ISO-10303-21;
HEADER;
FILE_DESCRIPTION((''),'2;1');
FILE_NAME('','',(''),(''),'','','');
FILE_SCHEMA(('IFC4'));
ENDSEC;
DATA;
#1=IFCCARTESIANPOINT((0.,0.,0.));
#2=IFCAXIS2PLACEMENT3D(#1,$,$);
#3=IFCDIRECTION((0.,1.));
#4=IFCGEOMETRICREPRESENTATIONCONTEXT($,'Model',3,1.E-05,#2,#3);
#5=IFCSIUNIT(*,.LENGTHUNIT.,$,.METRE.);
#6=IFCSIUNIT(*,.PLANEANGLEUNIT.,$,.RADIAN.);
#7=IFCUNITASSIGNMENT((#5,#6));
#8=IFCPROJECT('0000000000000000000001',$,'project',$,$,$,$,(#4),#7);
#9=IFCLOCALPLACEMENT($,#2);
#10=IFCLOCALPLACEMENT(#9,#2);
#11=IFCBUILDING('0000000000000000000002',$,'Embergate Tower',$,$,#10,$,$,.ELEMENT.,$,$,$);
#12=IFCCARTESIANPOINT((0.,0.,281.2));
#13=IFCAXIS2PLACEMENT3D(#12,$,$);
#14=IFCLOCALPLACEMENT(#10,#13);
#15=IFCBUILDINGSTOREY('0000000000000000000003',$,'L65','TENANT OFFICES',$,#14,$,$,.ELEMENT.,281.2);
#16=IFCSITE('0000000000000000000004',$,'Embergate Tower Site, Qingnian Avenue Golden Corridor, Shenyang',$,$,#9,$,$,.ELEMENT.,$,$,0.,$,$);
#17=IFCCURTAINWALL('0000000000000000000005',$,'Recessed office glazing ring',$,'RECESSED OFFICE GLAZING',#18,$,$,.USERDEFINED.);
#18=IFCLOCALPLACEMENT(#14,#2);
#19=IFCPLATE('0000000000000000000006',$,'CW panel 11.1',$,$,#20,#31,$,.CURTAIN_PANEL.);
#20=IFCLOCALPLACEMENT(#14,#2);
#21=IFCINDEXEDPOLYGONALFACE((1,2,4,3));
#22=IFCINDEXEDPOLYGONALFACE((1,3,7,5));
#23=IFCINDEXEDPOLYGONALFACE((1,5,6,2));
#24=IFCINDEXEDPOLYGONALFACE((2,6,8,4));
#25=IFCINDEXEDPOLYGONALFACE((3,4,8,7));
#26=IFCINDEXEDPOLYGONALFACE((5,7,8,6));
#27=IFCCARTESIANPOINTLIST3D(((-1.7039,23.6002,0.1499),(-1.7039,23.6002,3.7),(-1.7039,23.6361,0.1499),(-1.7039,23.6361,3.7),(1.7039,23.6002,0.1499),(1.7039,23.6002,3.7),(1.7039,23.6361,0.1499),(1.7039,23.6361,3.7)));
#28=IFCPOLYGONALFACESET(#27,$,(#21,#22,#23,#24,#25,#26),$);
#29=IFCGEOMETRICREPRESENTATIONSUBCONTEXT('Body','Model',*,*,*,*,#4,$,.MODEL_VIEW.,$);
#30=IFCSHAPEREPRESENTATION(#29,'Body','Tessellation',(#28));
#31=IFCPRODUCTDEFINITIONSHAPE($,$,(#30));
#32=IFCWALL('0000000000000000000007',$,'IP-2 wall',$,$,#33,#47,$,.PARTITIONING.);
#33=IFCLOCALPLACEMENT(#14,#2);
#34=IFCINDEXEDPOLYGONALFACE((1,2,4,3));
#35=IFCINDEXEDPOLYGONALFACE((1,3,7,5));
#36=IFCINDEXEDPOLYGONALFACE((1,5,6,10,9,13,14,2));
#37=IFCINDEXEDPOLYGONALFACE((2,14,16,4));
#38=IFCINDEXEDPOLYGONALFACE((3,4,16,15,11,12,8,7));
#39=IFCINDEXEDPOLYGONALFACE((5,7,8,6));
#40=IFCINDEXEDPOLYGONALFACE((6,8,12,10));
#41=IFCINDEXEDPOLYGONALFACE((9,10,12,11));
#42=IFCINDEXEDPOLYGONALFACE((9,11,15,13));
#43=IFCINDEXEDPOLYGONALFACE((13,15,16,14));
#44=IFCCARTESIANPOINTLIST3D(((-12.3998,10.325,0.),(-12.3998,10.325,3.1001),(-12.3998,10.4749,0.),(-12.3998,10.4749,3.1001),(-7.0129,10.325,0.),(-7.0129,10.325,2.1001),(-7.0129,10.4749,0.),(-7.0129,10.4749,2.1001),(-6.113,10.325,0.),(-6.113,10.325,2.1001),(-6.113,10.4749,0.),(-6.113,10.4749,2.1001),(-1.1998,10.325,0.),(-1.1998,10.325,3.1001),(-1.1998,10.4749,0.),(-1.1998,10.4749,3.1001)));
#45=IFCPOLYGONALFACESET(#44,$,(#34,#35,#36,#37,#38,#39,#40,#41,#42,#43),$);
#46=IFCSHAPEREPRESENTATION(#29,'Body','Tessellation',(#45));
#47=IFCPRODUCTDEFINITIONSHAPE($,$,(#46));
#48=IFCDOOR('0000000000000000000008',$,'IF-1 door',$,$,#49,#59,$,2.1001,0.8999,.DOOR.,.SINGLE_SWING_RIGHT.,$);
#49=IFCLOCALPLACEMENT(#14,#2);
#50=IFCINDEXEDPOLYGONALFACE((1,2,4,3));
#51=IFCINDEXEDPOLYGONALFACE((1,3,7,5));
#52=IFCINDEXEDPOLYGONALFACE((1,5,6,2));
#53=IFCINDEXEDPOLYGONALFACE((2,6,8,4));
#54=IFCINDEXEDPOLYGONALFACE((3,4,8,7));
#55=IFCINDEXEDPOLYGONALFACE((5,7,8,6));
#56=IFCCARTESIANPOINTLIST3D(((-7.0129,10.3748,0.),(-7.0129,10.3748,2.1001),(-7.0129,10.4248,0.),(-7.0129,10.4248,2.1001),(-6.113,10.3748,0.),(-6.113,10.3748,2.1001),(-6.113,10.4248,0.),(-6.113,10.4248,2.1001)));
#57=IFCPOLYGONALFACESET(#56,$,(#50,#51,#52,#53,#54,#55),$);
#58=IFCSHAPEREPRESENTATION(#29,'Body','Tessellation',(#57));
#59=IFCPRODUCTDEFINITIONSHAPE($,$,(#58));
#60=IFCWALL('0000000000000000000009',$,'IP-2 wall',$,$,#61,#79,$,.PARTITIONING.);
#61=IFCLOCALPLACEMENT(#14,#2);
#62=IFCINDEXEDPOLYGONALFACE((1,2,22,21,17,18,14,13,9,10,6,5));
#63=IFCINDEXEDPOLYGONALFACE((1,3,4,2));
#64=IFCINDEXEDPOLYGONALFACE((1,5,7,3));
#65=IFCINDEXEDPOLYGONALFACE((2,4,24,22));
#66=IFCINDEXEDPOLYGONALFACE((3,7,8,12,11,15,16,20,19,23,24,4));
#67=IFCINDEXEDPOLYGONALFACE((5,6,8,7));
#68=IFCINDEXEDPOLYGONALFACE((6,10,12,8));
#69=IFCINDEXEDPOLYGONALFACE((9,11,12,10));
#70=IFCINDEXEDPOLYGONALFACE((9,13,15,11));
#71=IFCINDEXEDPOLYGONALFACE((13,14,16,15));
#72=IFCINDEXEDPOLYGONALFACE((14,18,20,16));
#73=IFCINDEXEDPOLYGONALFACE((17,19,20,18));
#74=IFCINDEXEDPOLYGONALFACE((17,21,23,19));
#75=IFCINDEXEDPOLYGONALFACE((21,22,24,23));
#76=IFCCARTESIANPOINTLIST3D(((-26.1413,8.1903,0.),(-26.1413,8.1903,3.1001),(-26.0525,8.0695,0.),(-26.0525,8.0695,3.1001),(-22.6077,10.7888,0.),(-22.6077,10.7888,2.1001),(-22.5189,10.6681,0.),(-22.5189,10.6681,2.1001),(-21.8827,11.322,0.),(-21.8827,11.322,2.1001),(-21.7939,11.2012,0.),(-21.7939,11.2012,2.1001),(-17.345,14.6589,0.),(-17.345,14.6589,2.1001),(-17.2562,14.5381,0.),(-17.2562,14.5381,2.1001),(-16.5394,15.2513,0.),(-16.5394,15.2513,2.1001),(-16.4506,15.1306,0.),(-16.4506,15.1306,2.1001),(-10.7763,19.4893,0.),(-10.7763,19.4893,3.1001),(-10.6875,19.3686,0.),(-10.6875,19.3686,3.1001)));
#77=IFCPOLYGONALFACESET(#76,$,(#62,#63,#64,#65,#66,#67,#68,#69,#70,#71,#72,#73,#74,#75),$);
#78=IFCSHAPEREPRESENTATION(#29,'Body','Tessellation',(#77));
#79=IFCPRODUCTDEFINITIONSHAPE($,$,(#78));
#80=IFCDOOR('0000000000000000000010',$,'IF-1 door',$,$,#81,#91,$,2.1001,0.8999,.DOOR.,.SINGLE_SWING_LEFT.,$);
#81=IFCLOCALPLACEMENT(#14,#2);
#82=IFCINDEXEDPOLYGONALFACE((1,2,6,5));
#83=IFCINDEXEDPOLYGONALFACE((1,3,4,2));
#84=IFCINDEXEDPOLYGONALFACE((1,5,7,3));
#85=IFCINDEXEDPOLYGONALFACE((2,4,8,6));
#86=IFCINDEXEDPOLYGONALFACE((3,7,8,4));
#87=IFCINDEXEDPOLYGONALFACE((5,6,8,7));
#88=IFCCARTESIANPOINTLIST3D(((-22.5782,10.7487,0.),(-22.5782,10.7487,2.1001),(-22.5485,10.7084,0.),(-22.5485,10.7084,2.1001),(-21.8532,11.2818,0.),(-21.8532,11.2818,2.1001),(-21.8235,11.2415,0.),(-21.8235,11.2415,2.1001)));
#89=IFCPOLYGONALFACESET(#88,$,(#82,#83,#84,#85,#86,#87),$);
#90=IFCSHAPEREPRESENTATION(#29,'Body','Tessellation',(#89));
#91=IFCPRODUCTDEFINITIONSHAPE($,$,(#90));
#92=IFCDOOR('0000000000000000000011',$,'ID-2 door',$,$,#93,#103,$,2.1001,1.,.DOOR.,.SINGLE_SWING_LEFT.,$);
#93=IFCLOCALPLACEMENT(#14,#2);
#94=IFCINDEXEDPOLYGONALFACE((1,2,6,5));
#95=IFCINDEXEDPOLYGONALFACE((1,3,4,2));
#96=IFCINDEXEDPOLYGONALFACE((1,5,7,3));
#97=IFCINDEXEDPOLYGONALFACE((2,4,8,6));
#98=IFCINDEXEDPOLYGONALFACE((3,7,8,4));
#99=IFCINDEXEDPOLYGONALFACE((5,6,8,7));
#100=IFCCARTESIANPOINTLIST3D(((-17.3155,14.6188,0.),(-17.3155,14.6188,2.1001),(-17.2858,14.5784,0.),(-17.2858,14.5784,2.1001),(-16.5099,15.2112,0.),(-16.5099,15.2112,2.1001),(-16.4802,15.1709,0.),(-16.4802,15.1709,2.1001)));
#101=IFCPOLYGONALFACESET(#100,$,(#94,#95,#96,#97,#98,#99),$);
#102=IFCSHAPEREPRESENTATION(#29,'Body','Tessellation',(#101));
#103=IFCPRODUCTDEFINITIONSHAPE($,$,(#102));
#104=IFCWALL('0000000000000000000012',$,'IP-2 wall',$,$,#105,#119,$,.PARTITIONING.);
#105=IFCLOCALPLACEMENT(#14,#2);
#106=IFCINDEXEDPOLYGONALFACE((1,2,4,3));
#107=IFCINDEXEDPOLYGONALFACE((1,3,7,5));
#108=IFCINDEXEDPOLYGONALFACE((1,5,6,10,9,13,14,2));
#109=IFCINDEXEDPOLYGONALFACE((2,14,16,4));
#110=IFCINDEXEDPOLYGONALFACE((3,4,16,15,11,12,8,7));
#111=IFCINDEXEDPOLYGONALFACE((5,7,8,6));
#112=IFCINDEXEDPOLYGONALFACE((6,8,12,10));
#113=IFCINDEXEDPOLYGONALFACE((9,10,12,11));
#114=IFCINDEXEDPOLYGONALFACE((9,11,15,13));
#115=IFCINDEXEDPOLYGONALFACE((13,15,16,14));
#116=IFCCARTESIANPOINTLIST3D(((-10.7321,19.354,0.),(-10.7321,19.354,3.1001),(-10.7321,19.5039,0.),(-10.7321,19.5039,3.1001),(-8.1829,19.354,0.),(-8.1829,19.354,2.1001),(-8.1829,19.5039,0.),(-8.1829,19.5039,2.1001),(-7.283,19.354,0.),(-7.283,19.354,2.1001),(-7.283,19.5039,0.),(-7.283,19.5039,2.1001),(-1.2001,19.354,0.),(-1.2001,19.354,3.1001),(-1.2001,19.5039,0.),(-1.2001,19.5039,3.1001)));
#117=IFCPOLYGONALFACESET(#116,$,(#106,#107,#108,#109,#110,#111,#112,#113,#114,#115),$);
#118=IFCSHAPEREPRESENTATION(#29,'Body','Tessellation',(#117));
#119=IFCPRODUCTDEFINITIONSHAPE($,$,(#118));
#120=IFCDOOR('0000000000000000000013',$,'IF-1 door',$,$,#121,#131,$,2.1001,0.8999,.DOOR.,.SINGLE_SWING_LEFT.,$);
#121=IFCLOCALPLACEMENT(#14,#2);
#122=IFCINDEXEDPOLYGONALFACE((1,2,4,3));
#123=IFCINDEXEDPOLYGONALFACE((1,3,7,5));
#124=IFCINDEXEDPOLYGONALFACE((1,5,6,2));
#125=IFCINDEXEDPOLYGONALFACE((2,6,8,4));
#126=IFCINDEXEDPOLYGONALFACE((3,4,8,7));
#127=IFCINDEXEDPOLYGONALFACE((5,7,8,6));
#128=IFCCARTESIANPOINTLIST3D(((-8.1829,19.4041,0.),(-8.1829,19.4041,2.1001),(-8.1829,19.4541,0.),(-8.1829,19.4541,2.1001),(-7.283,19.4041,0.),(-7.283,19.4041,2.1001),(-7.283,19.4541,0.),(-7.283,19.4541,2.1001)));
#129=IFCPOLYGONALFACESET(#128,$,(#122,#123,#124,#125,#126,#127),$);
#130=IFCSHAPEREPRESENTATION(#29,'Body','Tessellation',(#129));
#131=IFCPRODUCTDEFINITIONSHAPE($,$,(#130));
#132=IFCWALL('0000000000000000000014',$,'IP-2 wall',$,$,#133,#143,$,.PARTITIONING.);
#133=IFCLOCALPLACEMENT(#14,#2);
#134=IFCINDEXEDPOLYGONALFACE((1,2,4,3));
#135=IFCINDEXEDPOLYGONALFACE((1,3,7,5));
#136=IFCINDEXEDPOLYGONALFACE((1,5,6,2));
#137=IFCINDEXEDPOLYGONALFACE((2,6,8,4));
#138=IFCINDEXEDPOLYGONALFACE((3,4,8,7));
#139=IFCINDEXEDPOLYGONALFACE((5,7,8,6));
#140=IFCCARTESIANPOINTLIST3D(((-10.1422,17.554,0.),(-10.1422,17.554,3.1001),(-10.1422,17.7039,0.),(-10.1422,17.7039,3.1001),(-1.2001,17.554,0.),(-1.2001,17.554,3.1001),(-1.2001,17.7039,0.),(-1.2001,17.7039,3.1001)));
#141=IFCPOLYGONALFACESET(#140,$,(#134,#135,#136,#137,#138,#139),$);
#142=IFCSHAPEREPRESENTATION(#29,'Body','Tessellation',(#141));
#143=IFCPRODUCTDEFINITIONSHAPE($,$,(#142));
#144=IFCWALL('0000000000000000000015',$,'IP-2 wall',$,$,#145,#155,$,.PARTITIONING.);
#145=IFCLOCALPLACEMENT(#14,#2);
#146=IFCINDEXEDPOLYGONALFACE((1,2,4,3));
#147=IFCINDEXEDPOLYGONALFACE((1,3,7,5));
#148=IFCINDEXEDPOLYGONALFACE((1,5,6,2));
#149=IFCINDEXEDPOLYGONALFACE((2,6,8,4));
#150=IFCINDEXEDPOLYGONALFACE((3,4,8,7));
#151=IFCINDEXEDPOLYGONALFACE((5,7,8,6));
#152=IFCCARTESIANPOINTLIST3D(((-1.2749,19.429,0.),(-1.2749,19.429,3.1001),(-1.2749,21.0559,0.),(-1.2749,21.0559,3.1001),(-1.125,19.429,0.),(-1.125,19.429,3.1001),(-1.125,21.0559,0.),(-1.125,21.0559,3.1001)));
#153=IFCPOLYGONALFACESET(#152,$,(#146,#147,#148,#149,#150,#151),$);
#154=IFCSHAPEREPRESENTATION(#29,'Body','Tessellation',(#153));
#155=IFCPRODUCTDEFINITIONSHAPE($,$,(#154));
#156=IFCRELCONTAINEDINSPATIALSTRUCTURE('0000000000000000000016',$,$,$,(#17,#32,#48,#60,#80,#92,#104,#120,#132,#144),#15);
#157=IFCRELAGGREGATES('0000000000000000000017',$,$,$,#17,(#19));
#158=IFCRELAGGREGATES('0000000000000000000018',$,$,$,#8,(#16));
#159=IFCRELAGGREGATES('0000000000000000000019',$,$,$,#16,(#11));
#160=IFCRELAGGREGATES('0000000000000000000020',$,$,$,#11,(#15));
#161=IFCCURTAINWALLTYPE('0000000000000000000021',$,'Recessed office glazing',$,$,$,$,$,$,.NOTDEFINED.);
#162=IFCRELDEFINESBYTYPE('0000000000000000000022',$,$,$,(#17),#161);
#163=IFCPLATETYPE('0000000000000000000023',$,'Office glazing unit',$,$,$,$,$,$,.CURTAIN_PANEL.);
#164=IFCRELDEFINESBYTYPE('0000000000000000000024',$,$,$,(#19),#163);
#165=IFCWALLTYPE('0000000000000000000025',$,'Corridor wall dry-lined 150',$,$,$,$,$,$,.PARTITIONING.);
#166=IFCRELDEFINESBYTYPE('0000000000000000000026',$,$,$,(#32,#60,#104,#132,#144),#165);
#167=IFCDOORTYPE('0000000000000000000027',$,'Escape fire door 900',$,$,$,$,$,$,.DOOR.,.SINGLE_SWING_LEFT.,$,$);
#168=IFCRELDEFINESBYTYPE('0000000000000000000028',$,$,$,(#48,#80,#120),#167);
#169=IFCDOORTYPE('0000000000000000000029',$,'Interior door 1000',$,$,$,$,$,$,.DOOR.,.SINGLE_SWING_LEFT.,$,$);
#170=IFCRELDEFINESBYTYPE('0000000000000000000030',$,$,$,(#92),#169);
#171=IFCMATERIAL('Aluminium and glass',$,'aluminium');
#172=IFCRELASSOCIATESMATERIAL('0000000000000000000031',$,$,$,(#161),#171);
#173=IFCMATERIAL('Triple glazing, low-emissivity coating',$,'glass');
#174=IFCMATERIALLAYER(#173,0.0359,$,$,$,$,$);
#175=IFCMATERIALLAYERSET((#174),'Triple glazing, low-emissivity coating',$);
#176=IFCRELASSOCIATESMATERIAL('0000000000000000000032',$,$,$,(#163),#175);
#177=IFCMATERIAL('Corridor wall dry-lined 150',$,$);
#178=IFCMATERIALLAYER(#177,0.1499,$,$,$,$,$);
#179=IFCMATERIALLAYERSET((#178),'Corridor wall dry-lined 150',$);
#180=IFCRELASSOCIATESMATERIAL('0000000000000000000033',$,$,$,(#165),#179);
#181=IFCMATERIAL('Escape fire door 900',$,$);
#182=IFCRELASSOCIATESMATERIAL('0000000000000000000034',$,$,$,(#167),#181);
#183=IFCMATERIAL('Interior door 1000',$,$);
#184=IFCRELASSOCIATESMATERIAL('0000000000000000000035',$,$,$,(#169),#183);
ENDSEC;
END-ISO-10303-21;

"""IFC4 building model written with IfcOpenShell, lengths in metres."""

from ifc_helpers import new_model, si_unit, direction, frame, frame_2d, origin, origin_2d, place, context, subcontext, project, spatial, rectangle, extrude, source, transform, mapped, material, layer, layer_set, type_object, element, fill, aggregate, save


model = new_model("IFC4")

# Units and contexts
model_context = context("Model", 3, precision=1e-05, world=origin(), true_north=direction((0.0, 1.0)))
body_context = subcontext(model_context, "Body", "Model", "MODEL_VIEW")
ifc_project = project(units=[si_unit("LENGTHUNIT", "METRE"), si_unit("PLANEANGLEUNIT", "RADIAN")], contexts=[model_context])

# Site, building, storey
site_placement = place(None, origin())
site = spatial("IfcSite", under=ifc_project, at=site_placement, Name="Embergate Tower Site, Qingnian Avenue Golden Corridor, Shenyang", CompositionType="ELEMENT", RefElevation=0.0)
building_placement = place(site_placement, origin())
building = spatial("IfcBuilding", under=site, at=building_placement, Name="Embergate Tower", CompositionType="ELEMENT")
storey_placement = place(building_placement, frame((0.0, 0.0, 281.2)))
storey = spatial("IfcBuildingStorey", under=building, at=storey_placement, Name="L65", Description="TENANT OFFICES", CompositionType="ELEMENT", Elevation=281.2)

# Curtain wall, plate
ifc_material_1 = material(Name="Aluminium and glass", Category="aluminium")
curtain_wall_type = type_object("IfcCurtainWallType", Name="Recessed office glazing", PredefinedType="NOTDEFINED", material=ifc_material_1)
curtain_wall_placement = place(storey_placement, origin())
curtain_wall = element("IfcCurtainWall", 1, at=curtain_wall_placement, inside=storey, type_object=curtain_wall_type, Name="Recessed office glazing ring", ObjectType="RECESSED OFFICE GLAZING", PredefinedType="USERDEFINED")
ifc_material_2 = material(Name="Triple glazing, low-emissivity coating", Category="glass")
ifc_layer_1 = layer(ifc_material_2, 0.0359)
ifc_layer_set_1 = layer_set([ifc_layer_1], Name="Triple glazing, low-emissivity coating")
plate_type = type_object("IfcPlateType", Name="Office glazing unit", PredefinedType="CURTAIN_PANEL", material=ifc_layer_set_1)
shared_shape_1 = source(origin(), body_context, "Body", "SweptSolid", [
    extrude(rectangle(XDim=3.4077, YDim=0.0359, at=origin_2d()), origin(), (0.0, 0.0, 1.0), 3.55),
])
plate_1_placement = place(storey_placement, frame((0.0, 23.6182, 0.1499), z_axis=(0.0, 0.0, 1.0), x_axis=(-1.0, 0.0, 0.0)))
plate_1 = element("IfcPlate", 2, at=plate_1_placement, type_object=plate_type, Name="CW panel 11.1", PredefinedType="CURTAIN_PANEL", context=body_context, shape_type="MappedRepresentation", body=[
    mapped(shared_shape_1, transform((0.0, 0.0, 0.0))),
])
aggregate(curtain_wall, [plate_1])

# Wall, opening, door
ifc_material_3 = material(Name="Corridor wall dry-lined 150")
ifc_layer_2 = layer(ifc_material_3, 0.1499)
ifc_layer_set_2 = layer_set([ifc_layer_2], Name="Corridor wall dry-lined 150")
wall_type_1 = type_object("IfcWallType", Name="Corridor wall dry-lined 150", PredefinedType="PARTITIONING", material=ifc_layer_set_2)
shared_shape_2 = source(origin(), body_context, "Body", "SweptSolid", [
    extrude(rectangle(XDim=11.2, YDim=0.1499, at=frame_2d((5.6001, 0.0))), origin(), (0.0, 0.0, 1.0), 3.1001),
])
wall_1_placement = place(storey_placement, frame((-12.3999, 10.3999, 0.0), z_axis=(0.0, 0.0, 1.0), x_axis=(1.0, 0.0, 0.0)))
wall_1 = element("IfcWall", 3, at=wall_1_placement, inside=storey, type_object=wall_type_1, Name="IP-2 wall", PredefinedType="PARTITIONING", context=body_context, shape_type="MappedRepresentation", body=[
    mapped(shared_shape_2, transform((0.0, 0.0, 0.0))),
])
shared_shape_3 = source(origin(), body_context, "Body", "SweptSolid", [
    extrude(rectangle(XDim=0.8999, YDim=2.1001, at=frame_2d((0.45, 1.05))), frame((0.0, 0.085, 0.0), z_axis=(0.0, -1.0, 0.0), x_axis=(1.0, 0.0, 0.0)), (0.0, 0.0, 1.0), 0.1699),
])
opening_1_placement = place(wall_1_placement, frame((5.387, 0.0, 0.0)))
opening_1 = element("IfcOpeningElement", 4, at=opening_1_placement, cuts=wall_1, PredefinedType="OPENING", context=body_context, shape_type="MappedRepresentation", body=[
    mapped(shared_shape_3, transform((0.0, 0.0, 0.0))),
])
ifc_material_4 = material(Name="Escape fire door 900")
door_type_1 = type_object("IfcDoorType", Name="Escape fire door 900", OperationType="SINGLE_SWING_LEFT", PredefinedType="DOOR", material=ifc_material_4)
shared_shape_4 = source(origin(), body_context, "Body", "SweptSolid", [
    extrude(rectangle(XDim=0.8999, YDim=2.1001, at=frame_2d((0.45, 1.05))), frame((0.0, 0.0249, 0.0), z_axis=(0.0, -1.0, 0.0), x_axis=(1.0, 0.0, 0.0)), (0.0, 0.0, 1.0), 0.05),
])
door_1_placement = place(opening_1_placement, origin())
door_1 = element("IfcDoor", 5, at=door_1_placement, inside=storey, type_object=door_type_1, Name="IF-1 door", OperationType="SINGLE_SWING_RIGHT", OverallHeight=2.1001, OverallWidth=0.8999, PredefinedType="DOOR", context=body_context, shape_type="MappedRepresentation", body=[
    mapped(shared_shape_4, transform((0.0, 0.0, 0.0))),
])
fill(opening_1, door_1)

# Wall, openings, doors
shared_shape_5 = source(origin(), body_context, "Body", "SweptSolid", [
    extrude(rectangle(XDim=19.0723, YDim=0.1499, at=frame_2d((9.5361, 0.0))), origin(), (0.0, 0.0, 1.0), 3.1001),
])
wall_2_placement = place(storey_placement, frame((-10.7319, 19.429, 0.0), z_axis=(0.0, 0.0, 1.0), x_axis=(-0.805619, -0.592434, 0.0)))
wall_2 = element("IfcWall", 6, at=wall_2_placement, inside=storey, type_object=wall_type_1, Name="IP-2 wall", PredefinedType="PARTITIONING", context=body_context, shape_type="MappedRepresentation", body=[
    mapped(shared_shape_5, transform((0.0, 0.0, 0.0))),
])
shared_shape_6 = source(origin(), body_context, "Body", "SweptSolid", [
    extrude(rectangle(XDim=1.0, YDim=2.1001, at=frame_2d((0.5, 1.05))), frame((0.0, 0.085, 0.0), z_axis=(0.0, -1.0, 0.0), x_axis=(1.0, 0.0, 0.0)), (0.0, 0.0, 1.0), 0.1699),
])
opening_2_placement = place(wall_2_placement, frame((7.1536, 0.0, 0.0)))
opening_2 = element("IfcOpeningElement", 7, at=opening_2_placement, cuts=wall_2, PredefinedType="OPENING", context=body_context, shape_type="MappedRepresentation", body=[
    mapped(shared_shape_6, transform((0.0, 0.0, 0.0))),
])
opening_3_placement = place(wall_2_placement, frame((13.7861, 0.0, 0.0)))
opening_3 = element("IfcOpeningElement", 8, at=opening_3_placement, cuts=wall_2, PredefinedType="OPENING", context=body_context, shape_type="MappedRepresentation", body=[
    mapped(shared_shape_3, transform((0.0, 0.0, 0.0))),
])
door_2_placement = place(opening_3_placement, origin())
door_2 = element("IfcDoor", 9, at=door_2_placement, inside=storey, type_object=door_type_1, Name="IF-1 door", OperationType="SINGLE_SWING_LEFT", OverallHeight=2.1001, OverallWidth=0.8999, PredefinedType="DOOR", context=body_context, shape_type="MappedRepresentation", body=[
    mapped(shared_shape_4, transform((0.0, 0.0, 0.0))),
])
fill(opening_3, door_2)
ifc_material_5 = material(Name="Interior door 1000")
door_type_2 = type_object("IfcDoorType", Name="Interior door 1000", OperationType="SINGLE_SWING_LEFT", PredefinedType="DOOR", material=ifc_material_5)
shared_shape_7 = source(origin(), body_context, "Body", "SweptSolid", [
    extrude(rectangle(XDim=1.0, YDim=2.1001, at=frame_2d((0.5, 1.05))), frame((0.0, 0.0249, 0.0), z_axis=(0.0, -1.0, 0.0), x_axis=(1.0, 0.0, 0.0)), (0.0, 0.0, 1.0), 0.05),
])
door_3_placement = place(opening_2_placement, origin())
door_3 = element("IfcDoor", 10, at=door_3_placement, inside=storey, type_object=door_type_2, Name="ID-2 door", OperationType="SINGLE_SWING_LEFT", OverallHeight=2.1001, OverallWidth=1.0, PredefinedType="DOOR", context=body_context, shape_type="MappedRepresentation", body=[
    mapped(shared_shape_7, transform((0.0, 0.0, 0.0))),
])
fill(opening_2, door_3)

# Wall, opening, door
shared_shape_8 = source(origin(), body_context, "Body", "SweptSolid", [
    extrude(rectangle(XDim=9.532, YDim=0.1499, at=frame_2d((4.7661, 0.0))), origin(), (0.0, 0.0, 1.0), 3.1001),
])
wall_3_placement = place(storey_placement, frame((-1.2, 19.429, 0.0), z_axis=(0.0, 0.0, 1.0), x_axis=(-1.0, 0.0, 0.0)))
wall_3 = element("IfcWall", 11, at=wall_3_placement, inside=storey, type_object=wall_type_1, Name="IP-2 wall", PredefinedType="PARTITIONING", context=body_context, shape_type="MappedRepresentation", body=[
    mapped(shared_shape_8, transform((0.0, 0.0, 0.0))),
])
opening_4_placement = place(wall_3_placement, frame((6.083, 0.0, 0.0)))
opening_4 = element("IfcOpeningElement", 12, at=opening_4_placement, cuts=wall_3, PredefinedType="OPENING", context=body_context, shape_type="MappedRepresentation", body=[
    mapped(shared_shape_3, transform((0.0, 0.0, 0.0))),
])
door_4_placement = place(opening_4_placement, origin())
door_4 = element("IfcDoor", 13, at=door_4_placement, inside=storey, type_object=door_type_1, Name="IF-1 door", OperationType="SINGLE_SWING_LEFT", OverallHeight=2.1001, OverallWidth=0.8999, PredefinedType="DOOR", context=body_context, shape_type="MappedRepresentation", body=[
    mapped(shared_shape_4, transform((0.0, 0.0, 0.0))),
])
fill(opening_4, door_4)

# Walls
shared_shape_9 = source(origin(), body_context, "Body", "SweptSolid", [
    extrude(rectangle(XDim=8.9421, YDim=0.1499, at=frame_2d((4.4712, 0.0))), origin(), (0.0, 0.0, 1.0), 3.1001),
])
wall_4_placement = place(storey_placement, frame((-1.2, 17.6289, 0.0), z_axis=(0.0, 0.0, 1.0), x_axis=(-1.0, 0.0, 0.0)))
element("IfcWall", 14, at=wall_4_placement, inside=storey, type_object=wall_type_1, Name="IP-2 wall", PredefinedType="PARTITIONING", context=body_context, shape_type="MappedRepresentation", body=[
    mapped(shared_shape_9, transform((0.0, 0.0, 0.0))),
])
shared_shape_10 = source(origin(), body_context, "Body", "SweptSolid", [
    extrude(rectangle(XDim=1.627, YDim=0.1499, at=frame_2d((0.8135, 0.0))), origin(), (0.0, 0.0, 1.0), 3.1001),
])
wall_5_placement = place(storey_placement, frame((-1.2, 21.0559, 0.0), z_axis=(0.0, 0.0, 1.0), x_axis=(0.0, -1.0, 0.0)))
element("IfcWall", 15, at=wall_5_placement, inside=storey, type_object=wall_type_1, Name="IP-2 wall", PredefinedType="PARTITIONING", context=body_context, shape_type="MappedRepresentation", body=[
    mapped(shared_shape_10, transform((0.0, 0.0, 0.0))),
])

save(model, "model.ifc")
